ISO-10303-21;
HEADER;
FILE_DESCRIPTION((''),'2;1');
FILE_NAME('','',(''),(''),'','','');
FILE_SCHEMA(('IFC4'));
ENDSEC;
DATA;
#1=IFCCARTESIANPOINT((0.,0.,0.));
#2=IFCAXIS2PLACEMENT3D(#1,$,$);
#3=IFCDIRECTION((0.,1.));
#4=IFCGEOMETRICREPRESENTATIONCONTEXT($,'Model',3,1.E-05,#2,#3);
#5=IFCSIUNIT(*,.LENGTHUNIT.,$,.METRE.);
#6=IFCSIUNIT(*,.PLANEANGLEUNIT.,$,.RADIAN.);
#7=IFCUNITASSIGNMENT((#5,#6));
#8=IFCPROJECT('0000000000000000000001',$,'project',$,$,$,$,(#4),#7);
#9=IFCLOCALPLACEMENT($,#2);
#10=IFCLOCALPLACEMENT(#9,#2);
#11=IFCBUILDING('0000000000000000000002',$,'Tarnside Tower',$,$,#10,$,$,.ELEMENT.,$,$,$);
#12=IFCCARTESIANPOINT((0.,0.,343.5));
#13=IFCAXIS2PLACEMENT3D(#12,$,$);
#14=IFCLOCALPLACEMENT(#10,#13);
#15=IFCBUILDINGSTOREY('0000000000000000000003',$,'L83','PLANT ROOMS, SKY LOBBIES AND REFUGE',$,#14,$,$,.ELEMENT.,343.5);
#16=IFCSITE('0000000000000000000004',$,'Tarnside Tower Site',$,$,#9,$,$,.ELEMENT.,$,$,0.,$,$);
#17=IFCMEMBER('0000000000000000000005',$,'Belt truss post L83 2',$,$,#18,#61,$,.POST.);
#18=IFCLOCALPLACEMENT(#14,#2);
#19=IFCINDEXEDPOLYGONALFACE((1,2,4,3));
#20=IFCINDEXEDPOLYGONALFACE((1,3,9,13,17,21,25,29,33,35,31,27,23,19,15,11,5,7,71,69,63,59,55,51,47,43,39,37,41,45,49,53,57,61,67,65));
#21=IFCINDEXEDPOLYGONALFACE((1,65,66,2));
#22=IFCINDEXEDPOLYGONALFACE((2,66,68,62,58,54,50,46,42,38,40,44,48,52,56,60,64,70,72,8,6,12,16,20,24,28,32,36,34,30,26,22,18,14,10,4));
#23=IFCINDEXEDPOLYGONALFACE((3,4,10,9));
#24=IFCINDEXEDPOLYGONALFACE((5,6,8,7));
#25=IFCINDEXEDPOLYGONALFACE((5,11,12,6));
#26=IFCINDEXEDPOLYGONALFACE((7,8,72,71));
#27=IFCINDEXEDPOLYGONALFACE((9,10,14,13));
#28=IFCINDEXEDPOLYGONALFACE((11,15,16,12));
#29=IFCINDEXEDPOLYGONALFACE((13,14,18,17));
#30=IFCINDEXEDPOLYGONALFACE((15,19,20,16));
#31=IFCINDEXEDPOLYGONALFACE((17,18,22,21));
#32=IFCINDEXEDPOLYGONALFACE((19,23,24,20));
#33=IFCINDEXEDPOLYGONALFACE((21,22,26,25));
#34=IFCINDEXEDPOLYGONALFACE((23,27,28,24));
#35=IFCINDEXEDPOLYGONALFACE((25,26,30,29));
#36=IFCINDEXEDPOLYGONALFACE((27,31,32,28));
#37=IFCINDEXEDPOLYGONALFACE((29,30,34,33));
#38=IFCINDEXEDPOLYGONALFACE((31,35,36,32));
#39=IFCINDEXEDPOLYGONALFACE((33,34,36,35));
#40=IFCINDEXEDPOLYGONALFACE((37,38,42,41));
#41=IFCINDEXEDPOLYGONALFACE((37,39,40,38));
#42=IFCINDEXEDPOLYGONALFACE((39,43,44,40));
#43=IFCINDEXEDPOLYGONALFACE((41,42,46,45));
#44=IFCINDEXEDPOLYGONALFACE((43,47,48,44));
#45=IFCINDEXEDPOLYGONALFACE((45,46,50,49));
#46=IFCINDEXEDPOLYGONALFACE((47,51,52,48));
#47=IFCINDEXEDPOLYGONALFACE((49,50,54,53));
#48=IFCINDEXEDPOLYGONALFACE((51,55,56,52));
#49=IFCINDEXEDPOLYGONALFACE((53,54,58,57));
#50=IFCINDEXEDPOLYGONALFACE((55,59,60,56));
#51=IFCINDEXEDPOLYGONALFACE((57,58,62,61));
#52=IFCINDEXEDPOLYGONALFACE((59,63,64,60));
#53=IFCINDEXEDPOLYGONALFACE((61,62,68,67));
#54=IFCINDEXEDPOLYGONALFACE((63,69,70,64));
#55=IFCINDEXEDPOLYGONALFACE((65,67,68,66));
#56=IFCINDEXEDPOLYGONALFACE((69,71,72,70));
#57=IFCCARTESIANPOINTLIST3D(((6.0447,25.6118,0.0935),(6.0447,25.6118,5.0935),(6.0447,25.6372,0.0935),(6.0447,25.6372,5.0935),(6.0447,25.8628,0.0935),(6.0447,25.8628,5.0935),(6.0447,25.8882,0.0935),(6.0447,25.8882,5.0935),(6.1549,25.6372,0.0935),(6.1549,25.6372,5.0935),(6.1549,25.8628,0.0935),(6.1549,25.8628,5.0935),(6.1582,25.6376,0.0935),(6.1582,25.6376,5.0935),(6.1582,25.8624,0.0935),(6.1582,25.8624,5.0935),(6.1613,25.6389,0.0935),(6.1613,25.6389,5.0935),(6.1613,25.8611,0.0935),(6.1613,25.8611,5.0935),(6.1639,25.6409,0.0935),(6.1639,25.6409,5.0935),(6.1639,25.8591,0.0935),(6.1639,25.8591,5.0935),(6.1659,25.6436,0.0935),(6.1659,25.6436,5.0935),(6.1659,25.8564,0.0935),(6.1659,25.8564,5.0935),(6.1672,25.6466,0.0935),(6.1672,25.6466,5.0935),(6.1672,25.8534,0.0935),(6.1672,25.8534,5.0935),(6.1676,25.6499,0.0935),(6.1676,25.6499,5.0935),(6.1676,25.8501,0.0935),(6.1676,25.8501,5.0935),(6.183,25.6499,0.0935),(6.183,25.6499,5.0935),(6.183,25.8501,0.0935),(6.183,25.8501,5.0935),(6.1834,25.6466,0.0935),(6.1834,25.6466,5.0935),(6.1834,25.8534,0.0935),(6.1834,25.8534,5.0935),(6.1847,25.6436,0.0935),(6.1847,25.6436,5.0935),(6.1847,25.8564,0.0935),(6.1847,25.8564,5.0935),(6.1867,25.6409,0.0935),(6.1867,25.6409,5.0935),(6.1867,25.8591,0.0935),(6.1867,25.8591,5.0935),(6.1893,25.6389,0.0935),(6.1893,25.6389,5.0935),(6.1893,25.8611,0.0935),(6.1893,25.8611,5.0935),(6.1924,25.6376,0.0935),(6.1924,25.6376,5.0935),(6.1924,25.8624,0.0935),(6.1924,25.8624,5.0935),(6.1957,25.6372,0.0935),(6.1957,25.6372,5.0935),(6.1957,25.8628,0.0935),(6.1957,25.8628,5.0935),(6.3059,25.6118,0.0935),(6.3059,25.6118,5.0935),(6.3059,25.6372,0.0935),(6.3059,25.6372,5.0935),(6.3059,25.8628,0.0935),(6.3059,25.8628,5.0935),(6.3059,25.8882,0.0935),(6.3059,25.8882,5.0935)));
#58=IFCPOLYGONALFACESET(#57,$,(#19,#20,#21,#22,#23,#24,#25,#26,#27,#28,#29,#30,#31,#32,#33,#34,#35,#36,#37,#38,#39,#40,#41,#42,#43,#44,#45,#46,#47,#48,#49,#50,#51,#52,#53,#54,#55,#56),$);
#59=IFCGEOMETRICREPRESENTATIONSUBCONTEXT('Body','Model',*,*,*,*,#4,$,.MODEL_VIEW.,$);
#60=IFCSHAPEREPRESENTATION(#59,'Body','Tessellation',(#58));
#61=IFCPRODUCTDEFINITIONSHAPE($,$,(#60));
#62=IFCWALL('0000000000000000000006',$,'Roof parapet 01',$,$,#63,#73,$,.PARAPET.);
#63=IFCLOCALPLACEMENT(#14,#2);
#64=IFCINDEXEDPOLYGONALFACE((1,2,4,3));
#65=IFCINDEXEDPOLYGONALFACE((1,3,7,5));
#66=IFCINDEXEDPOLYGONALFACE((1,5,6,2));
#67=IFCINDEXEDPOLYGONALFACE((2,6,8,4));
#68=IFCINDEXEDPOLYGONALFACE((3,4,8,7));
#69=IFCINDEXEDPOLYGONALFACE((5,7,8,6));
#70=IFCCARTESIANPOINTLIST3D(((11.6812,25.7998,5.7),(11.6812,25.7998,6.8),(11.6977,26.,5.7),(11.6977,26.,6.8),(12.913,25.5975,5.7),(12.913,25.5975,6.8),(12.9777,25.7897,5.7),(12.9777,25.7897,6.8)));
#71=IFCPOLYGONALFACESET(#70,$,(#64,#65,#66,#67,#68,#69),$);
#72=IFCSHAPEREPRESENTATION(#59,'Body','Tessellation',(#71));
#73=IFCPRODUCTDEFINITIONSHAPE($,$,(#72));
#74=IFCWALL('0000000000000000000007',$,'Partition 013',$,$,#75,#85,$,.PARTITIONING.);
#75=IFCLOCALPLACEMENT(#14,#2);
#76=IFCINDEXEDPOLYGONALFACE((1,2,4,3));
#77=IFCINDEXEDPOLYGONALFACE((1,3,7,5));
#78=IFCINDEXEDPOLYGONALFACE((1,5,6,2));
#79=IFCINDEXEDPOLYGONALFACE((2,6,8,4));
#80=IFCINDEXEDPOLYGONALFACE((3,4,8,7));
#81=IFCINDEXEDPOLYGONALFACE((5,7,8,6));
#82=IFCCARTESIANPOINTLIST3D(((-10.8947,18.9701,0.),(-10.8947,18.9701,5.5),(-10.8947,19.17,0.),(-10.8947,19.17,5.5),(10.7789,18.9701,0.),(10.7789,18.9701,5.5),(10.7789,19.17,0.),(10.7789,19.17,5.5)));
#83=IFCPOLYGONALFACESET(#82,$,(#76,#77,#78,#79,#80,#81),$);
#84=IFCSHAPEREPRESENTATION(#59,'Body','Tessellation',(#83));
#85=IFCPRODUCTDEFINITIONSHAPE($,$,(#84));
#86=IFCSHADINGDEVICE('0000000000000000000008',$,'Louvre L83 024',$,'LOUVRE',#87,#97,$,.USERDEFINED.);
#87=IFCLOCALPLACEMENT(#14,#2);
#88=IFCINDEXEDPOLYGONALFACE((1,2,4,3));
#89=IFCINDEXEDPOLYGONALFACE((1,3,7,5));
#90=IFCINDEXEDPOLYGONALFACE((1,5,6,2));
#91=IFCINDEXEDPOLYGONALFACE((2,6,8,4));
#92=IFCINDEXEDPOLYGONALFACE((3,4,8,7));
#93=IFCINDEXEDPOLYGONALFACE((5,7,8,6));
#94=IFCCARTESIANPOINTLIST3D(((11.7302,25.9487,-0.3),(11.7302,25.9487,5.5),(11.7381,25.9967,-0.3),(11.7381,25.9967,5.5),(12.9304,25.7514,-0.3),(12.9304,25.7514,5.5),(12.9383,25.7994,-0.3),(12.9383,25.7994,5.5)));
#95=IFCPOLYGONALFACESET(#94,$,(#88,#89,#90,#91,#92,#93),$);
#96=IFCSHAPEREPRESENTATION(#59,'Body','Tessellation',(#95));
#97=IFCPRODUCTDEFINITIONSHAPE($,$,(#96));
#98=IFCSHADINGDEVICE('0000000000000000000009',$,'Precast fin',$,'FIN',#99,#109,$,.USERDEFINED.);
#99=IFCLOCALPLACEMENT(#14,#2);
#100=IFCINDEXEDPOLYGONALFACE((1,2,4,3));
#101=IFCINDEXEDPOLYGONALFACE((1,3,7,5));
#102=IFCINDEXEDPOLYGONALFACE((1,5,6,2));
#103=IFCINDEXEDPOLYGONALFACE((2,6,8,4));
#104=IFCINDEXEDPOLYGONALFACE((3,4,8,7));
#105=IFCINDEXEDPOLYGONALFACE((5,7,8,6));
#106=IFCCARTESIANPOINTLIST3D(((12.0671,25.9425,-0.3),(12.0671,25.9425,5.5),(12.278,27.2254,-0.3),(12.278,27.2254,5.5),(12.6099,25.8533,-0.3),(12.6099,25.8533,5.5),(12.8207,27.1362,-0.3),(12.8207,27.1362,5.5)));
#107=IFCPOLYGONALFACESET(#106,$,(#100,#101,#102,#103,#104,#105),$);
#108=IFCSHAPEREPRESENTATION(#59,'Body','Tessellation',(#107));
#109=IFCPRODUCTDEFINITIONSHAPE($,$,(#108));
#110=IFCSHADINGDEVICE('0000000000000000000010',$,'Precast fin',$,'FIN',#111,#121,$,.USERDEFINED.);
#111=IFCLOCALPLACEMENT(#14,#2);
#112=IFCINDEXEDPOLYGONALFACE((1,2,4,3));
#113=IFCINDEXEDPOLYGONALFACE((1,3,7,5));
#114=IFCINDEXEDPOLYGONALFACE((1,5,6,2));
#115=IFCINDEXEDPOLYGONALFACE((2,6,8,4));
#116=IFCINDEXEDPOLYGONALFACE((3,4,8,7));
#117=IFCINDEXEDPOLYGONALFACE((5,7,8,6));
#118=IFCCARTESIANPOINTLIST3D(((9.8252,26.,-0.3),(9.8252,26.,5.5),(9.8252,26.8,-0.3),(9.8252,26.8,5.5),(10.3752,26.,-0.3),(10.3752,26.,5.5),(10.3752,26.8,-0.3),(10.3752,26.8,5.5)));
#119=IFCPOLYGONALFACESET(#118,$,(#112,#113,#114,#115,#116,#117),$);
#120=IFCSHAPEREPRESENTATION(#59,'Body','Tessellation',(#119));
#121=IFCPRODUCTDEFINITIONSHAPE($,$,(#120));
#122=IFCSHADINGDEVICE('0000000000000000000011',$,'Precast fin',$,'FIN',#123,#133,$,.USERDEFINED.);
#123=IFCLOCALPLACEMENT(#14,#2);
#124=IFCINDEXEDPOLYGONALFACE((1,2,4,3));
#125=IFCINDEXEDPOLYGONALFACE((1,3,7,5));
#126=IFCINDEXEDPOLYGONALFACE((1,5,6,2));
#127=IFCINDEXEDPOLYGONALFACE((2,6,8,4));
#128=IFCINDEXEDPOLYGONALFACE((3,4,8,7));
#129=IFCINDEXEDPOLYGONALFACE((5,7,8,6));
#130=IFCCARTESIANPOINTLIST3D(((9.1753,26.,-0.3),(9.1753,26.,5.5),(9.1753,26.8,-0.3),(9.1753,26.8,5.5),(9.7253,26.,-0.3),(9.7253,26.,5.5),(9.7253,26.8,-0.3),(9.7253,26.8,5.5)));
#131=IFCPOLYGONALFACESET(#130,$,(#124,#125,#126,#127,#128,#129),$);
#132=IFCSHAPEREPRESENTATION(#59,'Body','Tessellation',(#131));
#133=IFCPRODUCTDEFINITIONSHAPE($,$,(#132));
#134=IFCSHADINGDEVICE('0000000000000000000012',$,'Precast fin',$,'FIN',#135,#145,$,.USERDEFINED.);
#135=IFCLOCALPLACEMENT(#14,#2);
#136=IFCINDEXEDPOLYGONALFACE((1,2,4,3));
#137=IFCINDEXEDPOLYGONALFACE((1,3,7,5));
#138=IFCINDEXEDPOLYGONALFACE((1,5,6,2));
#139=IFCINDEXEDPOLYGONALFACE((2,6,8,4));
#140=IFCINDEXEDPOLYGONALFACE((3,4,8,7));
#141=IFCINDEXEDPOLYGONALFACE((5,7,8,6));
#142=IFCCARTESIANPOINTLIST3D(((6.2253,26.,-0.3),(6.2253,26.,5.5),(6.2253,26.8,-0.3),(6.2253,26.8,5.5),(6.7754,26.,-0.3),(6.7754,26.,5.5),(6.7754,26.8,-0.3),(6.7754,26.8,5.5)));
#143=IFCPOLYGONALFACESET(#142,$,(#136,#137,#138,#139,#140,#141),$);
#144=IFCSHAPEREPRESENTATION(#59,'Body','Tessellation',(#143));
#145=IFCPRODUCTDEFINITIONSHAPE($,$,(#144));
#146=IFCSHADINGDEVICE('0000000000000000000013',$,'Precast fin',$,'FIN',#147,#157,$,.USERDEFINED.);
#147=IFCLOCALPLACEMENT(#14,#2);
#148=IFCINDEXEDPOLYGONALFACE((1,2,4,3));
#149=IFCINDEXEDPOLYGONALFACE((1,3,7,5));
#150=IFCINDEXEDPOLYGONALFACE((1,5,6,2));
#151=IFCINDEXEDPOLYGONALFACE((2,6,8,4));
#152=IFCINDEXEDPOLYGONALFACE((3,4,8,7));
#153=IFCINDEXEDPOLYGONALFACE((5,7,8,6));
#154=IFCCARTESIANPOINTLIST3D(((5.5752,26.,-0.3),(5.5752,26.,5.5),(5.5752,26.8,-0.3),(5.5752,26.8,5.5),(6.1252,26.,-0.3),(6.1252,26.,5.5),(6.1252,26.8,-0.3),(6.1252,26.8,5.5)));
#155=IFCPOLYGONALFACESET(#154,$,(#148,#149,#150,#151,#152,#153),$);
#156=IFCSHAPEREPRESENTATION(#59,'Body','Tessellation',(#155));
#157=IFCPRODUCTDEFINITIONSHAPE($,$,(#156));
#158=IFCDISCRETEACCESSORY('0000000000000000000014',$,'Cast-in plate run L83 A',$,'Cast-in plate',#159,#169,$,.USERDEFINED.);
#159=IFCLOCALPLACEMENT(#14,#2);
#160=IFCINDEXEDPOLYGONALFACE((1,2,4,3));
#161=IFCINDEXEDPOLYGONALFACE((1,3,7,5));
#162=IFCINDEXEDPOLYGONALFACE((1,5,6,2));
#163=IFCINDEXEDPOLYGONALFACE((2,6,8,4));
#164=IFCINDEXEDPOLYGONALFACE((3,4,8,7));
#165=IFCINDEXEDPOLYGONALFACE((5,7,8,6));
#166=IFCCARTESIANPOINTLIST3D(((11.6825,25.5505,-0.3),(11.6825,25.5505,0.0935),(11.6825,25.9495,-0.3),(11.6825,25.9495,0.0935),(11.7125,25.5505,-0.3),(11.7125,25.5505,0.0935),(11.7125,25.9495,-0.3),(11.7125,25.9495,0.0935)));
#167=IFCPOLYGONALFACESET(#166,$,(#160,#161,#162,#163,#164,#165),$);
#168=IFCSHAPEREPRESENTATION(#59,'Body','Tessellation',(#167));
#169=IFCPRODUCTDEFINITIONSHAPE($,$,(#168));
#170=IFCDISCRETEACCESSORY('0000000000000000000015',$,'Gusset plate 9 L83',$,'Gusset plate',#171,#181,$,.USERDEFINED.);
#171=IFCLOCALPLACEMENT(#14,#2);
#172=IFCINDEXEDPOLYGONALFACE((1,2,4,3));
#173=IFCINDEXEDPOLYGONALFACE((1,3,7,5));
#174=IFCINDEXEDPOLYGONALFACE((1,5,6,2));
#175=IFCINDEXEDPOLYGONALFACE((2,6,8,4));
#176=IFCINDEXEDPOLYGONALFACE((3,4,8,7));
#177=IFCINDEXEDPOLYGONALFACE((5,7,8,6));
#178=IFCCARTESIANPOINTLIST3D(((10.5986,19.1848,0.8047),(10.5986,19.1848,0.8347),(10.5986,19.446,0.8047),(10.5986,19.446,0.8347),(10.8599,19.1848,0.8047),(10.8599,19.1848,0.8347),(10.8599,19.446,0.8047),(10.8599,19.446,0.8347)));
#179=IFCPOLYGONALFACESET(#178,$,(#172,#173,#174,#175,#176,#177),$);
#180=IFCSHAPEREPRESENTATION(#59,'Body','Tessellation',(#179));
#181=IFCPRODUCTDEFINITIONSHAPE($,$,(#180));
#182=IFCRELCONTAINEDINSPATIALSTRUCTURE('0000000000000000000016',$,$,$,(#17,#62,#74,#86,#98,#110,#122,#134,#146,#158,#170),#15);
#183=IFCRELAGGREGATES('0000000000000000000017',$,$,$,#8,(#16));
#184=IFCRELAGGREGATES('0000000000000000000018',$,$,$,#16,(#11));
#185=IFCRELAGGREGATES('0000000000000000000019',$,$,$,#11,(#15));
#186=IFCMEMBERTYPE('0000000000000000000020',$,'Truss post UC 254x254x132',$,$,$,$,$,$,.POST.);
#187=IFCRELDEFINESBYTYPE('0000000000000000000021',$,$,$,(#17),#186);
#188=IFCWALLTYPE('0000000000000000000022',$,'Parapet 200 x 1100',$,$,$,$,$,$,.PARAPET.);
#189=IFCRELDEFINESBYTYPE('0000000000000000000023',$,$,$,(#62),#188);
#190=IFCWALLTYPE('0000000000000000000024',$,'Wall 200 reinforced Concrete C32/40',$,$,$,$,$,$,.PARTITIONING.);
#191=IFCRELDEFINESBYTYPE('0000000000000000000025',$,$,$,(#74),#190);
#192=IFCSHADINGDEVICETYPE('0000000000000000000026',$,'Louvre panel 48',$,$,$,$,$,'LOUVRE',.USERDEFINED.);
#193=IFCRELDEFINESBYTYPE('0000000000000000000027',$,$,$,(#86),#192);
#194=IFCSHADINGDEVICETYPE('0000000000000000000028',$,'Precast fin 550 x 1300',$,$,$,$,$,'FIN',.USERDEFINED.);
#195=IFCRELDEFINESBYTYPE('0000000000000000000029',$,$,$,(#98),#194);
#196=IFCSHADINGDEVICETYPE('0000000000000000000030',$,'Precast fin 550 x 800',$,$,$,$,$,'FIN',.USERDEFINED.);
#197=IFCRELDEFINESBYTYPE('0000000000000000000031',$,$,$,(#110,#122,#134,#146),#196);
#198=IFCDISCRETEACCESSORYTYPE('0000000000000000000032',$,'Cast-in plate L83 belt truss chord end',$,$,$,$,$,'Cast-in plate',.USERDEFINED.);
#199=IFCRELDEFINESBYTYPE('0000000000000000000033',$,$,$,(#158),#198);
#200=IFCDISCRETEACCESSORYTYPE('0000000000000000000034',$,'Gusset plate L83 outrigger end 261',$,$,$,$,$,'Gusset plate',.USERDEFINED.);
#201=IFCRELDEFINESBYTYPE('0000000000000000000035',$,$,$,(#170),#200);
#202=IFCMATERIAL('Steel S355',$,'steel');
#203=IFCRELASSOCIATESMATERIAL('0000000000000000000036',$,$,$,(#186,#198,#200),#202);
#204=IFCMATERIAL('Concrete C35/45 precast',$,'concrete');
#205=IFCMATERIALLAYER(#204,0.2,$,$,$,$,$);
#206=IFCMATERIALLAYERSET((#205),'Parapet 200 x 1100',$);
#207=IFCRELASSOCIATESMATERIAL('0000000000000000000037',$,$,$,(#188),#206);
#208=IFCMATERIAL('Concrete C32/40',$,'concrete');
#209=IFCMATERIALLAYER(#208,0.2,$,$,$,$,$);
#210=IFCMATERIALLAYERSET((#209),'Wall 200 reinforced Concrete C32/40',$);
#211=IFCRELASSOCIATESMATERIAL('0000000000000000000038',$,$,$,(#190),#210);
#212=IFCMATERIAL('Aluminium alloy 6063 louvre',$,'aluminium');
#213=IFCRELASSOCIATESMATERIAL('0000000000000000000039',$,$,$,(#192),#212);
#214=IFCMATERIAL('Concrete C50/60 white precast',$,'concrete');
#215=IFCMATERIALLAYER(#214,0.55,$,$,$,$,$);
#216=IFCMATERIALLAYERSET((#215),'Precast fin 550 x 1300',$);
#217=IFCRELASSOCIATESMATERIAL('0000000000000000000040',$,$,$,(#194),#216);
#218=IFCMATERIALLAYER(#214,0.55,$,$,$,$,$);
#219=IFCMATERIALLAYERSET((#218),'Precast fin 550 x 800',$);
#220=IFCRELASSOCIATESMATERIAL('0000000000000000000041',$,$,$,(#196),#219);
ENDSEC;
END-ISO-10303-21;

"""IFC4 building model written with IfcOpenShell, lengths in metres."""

from ifc_helpers import new_model, si_unit, direction, frame, frame_2d, origin, origin_2d, place, context, subcontext, project, spatial, polyline, rectangle, i_section, outline, extrude, material, layer, layer_set, material_profile, profile_set, type_object, element, save


model = new_model("IFC4")

# Units and contexts
model_context = context("Model", 3, precision=1e-05, world=origin(), true_north=direction((0.0, 1.0)))
body_context = subcontext(model_context, "Body", "Model", "MODEL_VIEW")
ifc_project = project(units=[si_unit("LENGTHUNIT", "METRE"), si_unit("PLANEANGLEUNIT", "RADIAN")], contexts=[model_context])

# Site, building, storey
site_placement = place(None, origin())
site = spatial("IfcSite", under=ifc_project, at=site_placement, Name="Tarnside Tower Site", CompositionType="ELEMENT", RefElevation=0.0)
building_placement = place(site_placement, origin())
building = spatial("IfcBuilding", under=site, at=building_placement, Name="Tarnside Tower", CompositionType="ELEMENT")
storey_placement = place(building_placement, frame((0.0, 0.0, 343.5)))
storey = spatial("IfcBuildingStorey", under=building, at=storey_placement, Name="L83", Description="PLANT ROOMS, SKY LOBBIES AND REFUGE", CompositionType="ELEMENT", Elevation=343.5)

# Shared definitions
ifc_material_1 = material(Name="Steel S355", Category="steel")

# Member
ifc_material_profile_1 = material_profile(ifc_material_1, i_section(OverallWidth=0.2612, OverallDepth=0.2764, WebThickness=0.0154, FlangeThickness=0.0254, FilletRadius=0.0127, at=origin_2d()), Name="UC 254x254x132")
ifc_profile_set_1 = profile_set([ifc_material_profile_1], Name="Steel S355")
member_type_1 = type_object("IfcMemberType", Name="Truss post UC 254x254x132", PredefinedType="POST", material=ifc_profile_set_1)
for number, where, z_axis, x_axis, name in (
    (1, (6.1753, 25.75, 0.0935), (0.0, 0.0, 1.0), (-1.0, 0.0, 0.0), "Belt truss post L83 2"),
):
    element("IfcMember", number, at=place(storey_placement, frame(where, z_axis=z_axis, x_axis=x_axis)), inside=storey, type_object=member_type_1, Name=name, PredefinedType="POST", context=body_context, shape_type="SweptSolid", body=[
        extrude(i_section(OverallWidth=0.2612, OverallDepth=0.2764, WebThickness=0.0154, FlangeThickness=0.0254, FilletRadius=0.0127, at=origin_2d()), origin(), (0.0, 0.0, 1.0), 5.0),
    ])

# Walls
ifc_material_2 = material(Name="Concrete C35/45 precast", Category="concrete")
ifc_layer_1 = layer(ifc_material_2, 0.2)
ifc_layer_set_1 = layer_set([ifc_layer_1], Name="Parapet 200 x 1100")
wall_type_1 = type_object("IfcWallType", Name="Parapet 200 x 1100", PredefinedType="PARAPET", material=ifc_layer_set_1)
wall_1_placement = place(storey_placement, frame((11.6895, 25.8999, 5.7), z_axis=(0.0, 0.0, 1.0), x_axis=(0.986775, -0.162097, 0.0)))
element("IfcWall", 2, at=wall_1_placement, inside=storey, type_object=wall_type_1, Name="Roof parapet 01", PredefinedType="PARAPET", context=body_context, shape_type="SweptSolid", body=[
    extrude(outline(polyline([(0.0081, -0.1001), (1.2563, -0.1001), (1.2891, 0.1001), (-0.0081, 0.1001), (0.0081, -0.1001)])), origin(), (0.0, 0.0, 1.0), 1.1001),
])
ifc_material_3 = material(Name="Concrete C32/40", Category="concrete")
ifc_layer_2 = layer(ifc_material_3, 0.2)
ifc_layer_set_2 = layer_set([ifc_layer_2], Name="Wall 200 reinforced Concrete C32/40")
wall_type_2 = type_object("IfcWallType", Name="Wall 200 reinforced Concrete C32/40", PredefinedType="PARTITIONING", material=ifc_layer_set_2)
wall_2_placement = place(storey_placement, frame((10.7791, 19.0701, 0.0), z_axis=(0.0, 0.0, 1.0), x_axis=(-1.0, 0.0, 0.0)))
element("IfcWall", 3, at=wall_2_placement, inside=storey, type_object=wall_type_2, Name="Partition 013", PredefinedType="PARTITIONING", context=body_context, shape_type="SweptSolid", body=[
    extrude(rectangle(XDim=21.6736, YDim=0.2, at=frame_2d((10.8369, 0.0))), origin(), (0.0, 0.0, 1.0), 5.5),
])

# Shading devices
ifc_material_4 = material(Name="Aluminium alloy 6063 louvre", Category="aluminium")
shading_device_type_1 = type_object("IfcShadingDeviceType", Name="Louvre panel 48", ElementType="LOUVRE", PredefinedType="USERDEFINED", material=ifc_material_4)
shading_device_1_placement = place(storey_placement, frame((12.3303, 25.8501, -0.3), z_axis=(0.986756, -0.162212, 0.0), x_axis=(0.162212, 0.986756, 0.0)))
element("IfcShadingDevice", 4, at=shading_device_1_placement, inside=storey, type_object=shading_device_type_1, Name="Louvre L83 024", ObjectType="LOUVRE", PredefinedType="USERDEFINED", context=body_context, shape_type="SweptSolid", body=[
    extrude(outline(polyline([(0.0, 0.0), (0.0486, 0.0), (0.0486, 5.8), (0.0, 5.8), (0.0, 0.0)])), frame((0.0, 0.0, -0.6082)), (0.0, 0.0, 1.0), 1.2163),
])
ifc_material_5 = material(Name="Concrete C50/60 white precast", Category="concrete")
ifc_layer_3 = layer(ifc_material_5, 0.55)
ifc_layer_set_3 = layer_set([ifc_layer_3], Name="Precast fin 550 x 1300")
shading_device_type_2 = type_object("IfcShadingDeviceType", Name="Precast fin 550 x 1300", ElementType="FIN", PredefinedType="USERDEFINED", material=ifc_layer_set_3)
shading_device_2_placement = place(storey_placement, frame((12.3384, 25.8979, -0.3), z_axis=(0.986762, -0.162178, 0.0), x_axis=(0.162178, 0.986762, 0.0)))
element("IfcShadingDevice", 5, at=shading_device_2_placement, inside=storey, type_object=shading_device_type_2, Name="Precast fin", ObjectType="FIN", PredefinedType="USERDEFINED", context=body_context, shape_type="SweptSolid", body=[
    extrude(outline(polyline([(0.0, 0.0), (1.3, 0.0), (1.3, 5.8), (0.0, 5.8), (0.0, 0.0)])), frame((0.0, 0.0, -0.2749)), (0.0, 0.0, 1.0), 0.55),
])
ifc_layer_4 = layer(ifc_material_5, 0.55)
ifc_layer_set_4 = layer_set([ifc_layer_4], Name="Precast fin 550 x 800")
shading_device_type_3 = type_object("IfcShadingDeviceType", Name="Precast fin 550 x 800", ElementType="FIN", PredefinedType="USERDEFINED", material=ifc_layer_set_4)
for number, where, z_axis, x_axis, name in (
    (6, (10.1001, 26.0, -0.3), (1.0, 0.0, 0.0), (0.0, 1.0, 0.0), "Precast fin"),
    (7, (9.4502, 26.0, -0.3), (1.0, 0.0, 0.0), (0.0, 1.0, 0.0), "Precast fin"),
    (8, (6.5002, 26.0, -0.3), (1.0, 0.0, 0.0), (0.0, 1.0, 0.0), "Precast fin"),
    (9, (5.8501, 26.0, -0.3), (1.0, 0.0, 0.0), (0.0, 1.0, 0.0), "Precast fin"),
):
    element("IfcShadingDevice", number, at=place(storey_placement, frame(where, z_axis=z_axis, x_axis=x_axis)), inside=storey, type_object=shading_device_type_3, Name=name, ObjectType="FIN", PredefinedType="USERDEFINED", context=body_context, shape_type="SweptSolid", body=[
        extrude(outline(polyline([(0.0, 0.0), (0.8, 0.0), (0.8, 5.8), (0.0, 5.8), (0.0, 0.0)])), frame((0.0, 0.0, -0.2749)), (0.0, 0.0, 1.0), 0.55),
    ])

# Discrete accessories
discrete_accessory_type_1 = type_object("IfcDiscreteAccessoryType", Name="Cast-in plate L83 belt truss chord end", ElementType="Cast-in plate", PredefinedType="USERDEFINED", material=ifc_material_1)
discrete_accessory_placement = place(storey_placement, frame((11.6975, 25.75, -0.3), z_axis=(0.0, 0.0, 1.0), x_axis=(-1.0, 0.0, 0.0)))
element("IfcDiscreteAccessory", 10, at=discrete_accessory_placement, inside=storey, type_object=discrete_accessory_type_1, Name="Cast-in plate run L83 A", ObjectType="Cast-in plate", PredefinedType="USERDEFINED", context=body_context, shape_type="SweptSolid", body=[
    extrude(rectangle(XDim=0.03, YDim=0.3989, at=origin_2d()), origin(), (0.0, 0.0, 1.0), 0.3936),
])
discrete_accessory_type_2 = type_object("IfcDiscreteAccessoryType", Name="Gusset plate L83 outrigger end 261", ElementType="Gusset plate", PredefinedType="USERDEFINED", material=ifc_material_1)
for number, where, z_axis, x_axis, name in (
    (11, (10.7292, 19.3154, 0.8047), (0.0, 0.0, 1.0), (1.0, 0.0, 0.0), "Gusset plate 9 L83"),
):
    element("IfcDiscreteAccessory", number, at=place(storey_placement, frame(where, z_axis=z_axis, x_axis=x_axis)), inside=storey, type_object=discrete_accessory_type_2, Name=name, ObjectType="Gusset plate", PredefinedType="USERDEFINED", context=body_context, shape_type="SweptSolid", body=[
        extrude(rectangle(XDim=0.2612, YDim=0.2612, at=origin_2d()), origin(), (0.0, 0.0, 1.0), 0.03),
    ])

save(model, "model.ifc")
